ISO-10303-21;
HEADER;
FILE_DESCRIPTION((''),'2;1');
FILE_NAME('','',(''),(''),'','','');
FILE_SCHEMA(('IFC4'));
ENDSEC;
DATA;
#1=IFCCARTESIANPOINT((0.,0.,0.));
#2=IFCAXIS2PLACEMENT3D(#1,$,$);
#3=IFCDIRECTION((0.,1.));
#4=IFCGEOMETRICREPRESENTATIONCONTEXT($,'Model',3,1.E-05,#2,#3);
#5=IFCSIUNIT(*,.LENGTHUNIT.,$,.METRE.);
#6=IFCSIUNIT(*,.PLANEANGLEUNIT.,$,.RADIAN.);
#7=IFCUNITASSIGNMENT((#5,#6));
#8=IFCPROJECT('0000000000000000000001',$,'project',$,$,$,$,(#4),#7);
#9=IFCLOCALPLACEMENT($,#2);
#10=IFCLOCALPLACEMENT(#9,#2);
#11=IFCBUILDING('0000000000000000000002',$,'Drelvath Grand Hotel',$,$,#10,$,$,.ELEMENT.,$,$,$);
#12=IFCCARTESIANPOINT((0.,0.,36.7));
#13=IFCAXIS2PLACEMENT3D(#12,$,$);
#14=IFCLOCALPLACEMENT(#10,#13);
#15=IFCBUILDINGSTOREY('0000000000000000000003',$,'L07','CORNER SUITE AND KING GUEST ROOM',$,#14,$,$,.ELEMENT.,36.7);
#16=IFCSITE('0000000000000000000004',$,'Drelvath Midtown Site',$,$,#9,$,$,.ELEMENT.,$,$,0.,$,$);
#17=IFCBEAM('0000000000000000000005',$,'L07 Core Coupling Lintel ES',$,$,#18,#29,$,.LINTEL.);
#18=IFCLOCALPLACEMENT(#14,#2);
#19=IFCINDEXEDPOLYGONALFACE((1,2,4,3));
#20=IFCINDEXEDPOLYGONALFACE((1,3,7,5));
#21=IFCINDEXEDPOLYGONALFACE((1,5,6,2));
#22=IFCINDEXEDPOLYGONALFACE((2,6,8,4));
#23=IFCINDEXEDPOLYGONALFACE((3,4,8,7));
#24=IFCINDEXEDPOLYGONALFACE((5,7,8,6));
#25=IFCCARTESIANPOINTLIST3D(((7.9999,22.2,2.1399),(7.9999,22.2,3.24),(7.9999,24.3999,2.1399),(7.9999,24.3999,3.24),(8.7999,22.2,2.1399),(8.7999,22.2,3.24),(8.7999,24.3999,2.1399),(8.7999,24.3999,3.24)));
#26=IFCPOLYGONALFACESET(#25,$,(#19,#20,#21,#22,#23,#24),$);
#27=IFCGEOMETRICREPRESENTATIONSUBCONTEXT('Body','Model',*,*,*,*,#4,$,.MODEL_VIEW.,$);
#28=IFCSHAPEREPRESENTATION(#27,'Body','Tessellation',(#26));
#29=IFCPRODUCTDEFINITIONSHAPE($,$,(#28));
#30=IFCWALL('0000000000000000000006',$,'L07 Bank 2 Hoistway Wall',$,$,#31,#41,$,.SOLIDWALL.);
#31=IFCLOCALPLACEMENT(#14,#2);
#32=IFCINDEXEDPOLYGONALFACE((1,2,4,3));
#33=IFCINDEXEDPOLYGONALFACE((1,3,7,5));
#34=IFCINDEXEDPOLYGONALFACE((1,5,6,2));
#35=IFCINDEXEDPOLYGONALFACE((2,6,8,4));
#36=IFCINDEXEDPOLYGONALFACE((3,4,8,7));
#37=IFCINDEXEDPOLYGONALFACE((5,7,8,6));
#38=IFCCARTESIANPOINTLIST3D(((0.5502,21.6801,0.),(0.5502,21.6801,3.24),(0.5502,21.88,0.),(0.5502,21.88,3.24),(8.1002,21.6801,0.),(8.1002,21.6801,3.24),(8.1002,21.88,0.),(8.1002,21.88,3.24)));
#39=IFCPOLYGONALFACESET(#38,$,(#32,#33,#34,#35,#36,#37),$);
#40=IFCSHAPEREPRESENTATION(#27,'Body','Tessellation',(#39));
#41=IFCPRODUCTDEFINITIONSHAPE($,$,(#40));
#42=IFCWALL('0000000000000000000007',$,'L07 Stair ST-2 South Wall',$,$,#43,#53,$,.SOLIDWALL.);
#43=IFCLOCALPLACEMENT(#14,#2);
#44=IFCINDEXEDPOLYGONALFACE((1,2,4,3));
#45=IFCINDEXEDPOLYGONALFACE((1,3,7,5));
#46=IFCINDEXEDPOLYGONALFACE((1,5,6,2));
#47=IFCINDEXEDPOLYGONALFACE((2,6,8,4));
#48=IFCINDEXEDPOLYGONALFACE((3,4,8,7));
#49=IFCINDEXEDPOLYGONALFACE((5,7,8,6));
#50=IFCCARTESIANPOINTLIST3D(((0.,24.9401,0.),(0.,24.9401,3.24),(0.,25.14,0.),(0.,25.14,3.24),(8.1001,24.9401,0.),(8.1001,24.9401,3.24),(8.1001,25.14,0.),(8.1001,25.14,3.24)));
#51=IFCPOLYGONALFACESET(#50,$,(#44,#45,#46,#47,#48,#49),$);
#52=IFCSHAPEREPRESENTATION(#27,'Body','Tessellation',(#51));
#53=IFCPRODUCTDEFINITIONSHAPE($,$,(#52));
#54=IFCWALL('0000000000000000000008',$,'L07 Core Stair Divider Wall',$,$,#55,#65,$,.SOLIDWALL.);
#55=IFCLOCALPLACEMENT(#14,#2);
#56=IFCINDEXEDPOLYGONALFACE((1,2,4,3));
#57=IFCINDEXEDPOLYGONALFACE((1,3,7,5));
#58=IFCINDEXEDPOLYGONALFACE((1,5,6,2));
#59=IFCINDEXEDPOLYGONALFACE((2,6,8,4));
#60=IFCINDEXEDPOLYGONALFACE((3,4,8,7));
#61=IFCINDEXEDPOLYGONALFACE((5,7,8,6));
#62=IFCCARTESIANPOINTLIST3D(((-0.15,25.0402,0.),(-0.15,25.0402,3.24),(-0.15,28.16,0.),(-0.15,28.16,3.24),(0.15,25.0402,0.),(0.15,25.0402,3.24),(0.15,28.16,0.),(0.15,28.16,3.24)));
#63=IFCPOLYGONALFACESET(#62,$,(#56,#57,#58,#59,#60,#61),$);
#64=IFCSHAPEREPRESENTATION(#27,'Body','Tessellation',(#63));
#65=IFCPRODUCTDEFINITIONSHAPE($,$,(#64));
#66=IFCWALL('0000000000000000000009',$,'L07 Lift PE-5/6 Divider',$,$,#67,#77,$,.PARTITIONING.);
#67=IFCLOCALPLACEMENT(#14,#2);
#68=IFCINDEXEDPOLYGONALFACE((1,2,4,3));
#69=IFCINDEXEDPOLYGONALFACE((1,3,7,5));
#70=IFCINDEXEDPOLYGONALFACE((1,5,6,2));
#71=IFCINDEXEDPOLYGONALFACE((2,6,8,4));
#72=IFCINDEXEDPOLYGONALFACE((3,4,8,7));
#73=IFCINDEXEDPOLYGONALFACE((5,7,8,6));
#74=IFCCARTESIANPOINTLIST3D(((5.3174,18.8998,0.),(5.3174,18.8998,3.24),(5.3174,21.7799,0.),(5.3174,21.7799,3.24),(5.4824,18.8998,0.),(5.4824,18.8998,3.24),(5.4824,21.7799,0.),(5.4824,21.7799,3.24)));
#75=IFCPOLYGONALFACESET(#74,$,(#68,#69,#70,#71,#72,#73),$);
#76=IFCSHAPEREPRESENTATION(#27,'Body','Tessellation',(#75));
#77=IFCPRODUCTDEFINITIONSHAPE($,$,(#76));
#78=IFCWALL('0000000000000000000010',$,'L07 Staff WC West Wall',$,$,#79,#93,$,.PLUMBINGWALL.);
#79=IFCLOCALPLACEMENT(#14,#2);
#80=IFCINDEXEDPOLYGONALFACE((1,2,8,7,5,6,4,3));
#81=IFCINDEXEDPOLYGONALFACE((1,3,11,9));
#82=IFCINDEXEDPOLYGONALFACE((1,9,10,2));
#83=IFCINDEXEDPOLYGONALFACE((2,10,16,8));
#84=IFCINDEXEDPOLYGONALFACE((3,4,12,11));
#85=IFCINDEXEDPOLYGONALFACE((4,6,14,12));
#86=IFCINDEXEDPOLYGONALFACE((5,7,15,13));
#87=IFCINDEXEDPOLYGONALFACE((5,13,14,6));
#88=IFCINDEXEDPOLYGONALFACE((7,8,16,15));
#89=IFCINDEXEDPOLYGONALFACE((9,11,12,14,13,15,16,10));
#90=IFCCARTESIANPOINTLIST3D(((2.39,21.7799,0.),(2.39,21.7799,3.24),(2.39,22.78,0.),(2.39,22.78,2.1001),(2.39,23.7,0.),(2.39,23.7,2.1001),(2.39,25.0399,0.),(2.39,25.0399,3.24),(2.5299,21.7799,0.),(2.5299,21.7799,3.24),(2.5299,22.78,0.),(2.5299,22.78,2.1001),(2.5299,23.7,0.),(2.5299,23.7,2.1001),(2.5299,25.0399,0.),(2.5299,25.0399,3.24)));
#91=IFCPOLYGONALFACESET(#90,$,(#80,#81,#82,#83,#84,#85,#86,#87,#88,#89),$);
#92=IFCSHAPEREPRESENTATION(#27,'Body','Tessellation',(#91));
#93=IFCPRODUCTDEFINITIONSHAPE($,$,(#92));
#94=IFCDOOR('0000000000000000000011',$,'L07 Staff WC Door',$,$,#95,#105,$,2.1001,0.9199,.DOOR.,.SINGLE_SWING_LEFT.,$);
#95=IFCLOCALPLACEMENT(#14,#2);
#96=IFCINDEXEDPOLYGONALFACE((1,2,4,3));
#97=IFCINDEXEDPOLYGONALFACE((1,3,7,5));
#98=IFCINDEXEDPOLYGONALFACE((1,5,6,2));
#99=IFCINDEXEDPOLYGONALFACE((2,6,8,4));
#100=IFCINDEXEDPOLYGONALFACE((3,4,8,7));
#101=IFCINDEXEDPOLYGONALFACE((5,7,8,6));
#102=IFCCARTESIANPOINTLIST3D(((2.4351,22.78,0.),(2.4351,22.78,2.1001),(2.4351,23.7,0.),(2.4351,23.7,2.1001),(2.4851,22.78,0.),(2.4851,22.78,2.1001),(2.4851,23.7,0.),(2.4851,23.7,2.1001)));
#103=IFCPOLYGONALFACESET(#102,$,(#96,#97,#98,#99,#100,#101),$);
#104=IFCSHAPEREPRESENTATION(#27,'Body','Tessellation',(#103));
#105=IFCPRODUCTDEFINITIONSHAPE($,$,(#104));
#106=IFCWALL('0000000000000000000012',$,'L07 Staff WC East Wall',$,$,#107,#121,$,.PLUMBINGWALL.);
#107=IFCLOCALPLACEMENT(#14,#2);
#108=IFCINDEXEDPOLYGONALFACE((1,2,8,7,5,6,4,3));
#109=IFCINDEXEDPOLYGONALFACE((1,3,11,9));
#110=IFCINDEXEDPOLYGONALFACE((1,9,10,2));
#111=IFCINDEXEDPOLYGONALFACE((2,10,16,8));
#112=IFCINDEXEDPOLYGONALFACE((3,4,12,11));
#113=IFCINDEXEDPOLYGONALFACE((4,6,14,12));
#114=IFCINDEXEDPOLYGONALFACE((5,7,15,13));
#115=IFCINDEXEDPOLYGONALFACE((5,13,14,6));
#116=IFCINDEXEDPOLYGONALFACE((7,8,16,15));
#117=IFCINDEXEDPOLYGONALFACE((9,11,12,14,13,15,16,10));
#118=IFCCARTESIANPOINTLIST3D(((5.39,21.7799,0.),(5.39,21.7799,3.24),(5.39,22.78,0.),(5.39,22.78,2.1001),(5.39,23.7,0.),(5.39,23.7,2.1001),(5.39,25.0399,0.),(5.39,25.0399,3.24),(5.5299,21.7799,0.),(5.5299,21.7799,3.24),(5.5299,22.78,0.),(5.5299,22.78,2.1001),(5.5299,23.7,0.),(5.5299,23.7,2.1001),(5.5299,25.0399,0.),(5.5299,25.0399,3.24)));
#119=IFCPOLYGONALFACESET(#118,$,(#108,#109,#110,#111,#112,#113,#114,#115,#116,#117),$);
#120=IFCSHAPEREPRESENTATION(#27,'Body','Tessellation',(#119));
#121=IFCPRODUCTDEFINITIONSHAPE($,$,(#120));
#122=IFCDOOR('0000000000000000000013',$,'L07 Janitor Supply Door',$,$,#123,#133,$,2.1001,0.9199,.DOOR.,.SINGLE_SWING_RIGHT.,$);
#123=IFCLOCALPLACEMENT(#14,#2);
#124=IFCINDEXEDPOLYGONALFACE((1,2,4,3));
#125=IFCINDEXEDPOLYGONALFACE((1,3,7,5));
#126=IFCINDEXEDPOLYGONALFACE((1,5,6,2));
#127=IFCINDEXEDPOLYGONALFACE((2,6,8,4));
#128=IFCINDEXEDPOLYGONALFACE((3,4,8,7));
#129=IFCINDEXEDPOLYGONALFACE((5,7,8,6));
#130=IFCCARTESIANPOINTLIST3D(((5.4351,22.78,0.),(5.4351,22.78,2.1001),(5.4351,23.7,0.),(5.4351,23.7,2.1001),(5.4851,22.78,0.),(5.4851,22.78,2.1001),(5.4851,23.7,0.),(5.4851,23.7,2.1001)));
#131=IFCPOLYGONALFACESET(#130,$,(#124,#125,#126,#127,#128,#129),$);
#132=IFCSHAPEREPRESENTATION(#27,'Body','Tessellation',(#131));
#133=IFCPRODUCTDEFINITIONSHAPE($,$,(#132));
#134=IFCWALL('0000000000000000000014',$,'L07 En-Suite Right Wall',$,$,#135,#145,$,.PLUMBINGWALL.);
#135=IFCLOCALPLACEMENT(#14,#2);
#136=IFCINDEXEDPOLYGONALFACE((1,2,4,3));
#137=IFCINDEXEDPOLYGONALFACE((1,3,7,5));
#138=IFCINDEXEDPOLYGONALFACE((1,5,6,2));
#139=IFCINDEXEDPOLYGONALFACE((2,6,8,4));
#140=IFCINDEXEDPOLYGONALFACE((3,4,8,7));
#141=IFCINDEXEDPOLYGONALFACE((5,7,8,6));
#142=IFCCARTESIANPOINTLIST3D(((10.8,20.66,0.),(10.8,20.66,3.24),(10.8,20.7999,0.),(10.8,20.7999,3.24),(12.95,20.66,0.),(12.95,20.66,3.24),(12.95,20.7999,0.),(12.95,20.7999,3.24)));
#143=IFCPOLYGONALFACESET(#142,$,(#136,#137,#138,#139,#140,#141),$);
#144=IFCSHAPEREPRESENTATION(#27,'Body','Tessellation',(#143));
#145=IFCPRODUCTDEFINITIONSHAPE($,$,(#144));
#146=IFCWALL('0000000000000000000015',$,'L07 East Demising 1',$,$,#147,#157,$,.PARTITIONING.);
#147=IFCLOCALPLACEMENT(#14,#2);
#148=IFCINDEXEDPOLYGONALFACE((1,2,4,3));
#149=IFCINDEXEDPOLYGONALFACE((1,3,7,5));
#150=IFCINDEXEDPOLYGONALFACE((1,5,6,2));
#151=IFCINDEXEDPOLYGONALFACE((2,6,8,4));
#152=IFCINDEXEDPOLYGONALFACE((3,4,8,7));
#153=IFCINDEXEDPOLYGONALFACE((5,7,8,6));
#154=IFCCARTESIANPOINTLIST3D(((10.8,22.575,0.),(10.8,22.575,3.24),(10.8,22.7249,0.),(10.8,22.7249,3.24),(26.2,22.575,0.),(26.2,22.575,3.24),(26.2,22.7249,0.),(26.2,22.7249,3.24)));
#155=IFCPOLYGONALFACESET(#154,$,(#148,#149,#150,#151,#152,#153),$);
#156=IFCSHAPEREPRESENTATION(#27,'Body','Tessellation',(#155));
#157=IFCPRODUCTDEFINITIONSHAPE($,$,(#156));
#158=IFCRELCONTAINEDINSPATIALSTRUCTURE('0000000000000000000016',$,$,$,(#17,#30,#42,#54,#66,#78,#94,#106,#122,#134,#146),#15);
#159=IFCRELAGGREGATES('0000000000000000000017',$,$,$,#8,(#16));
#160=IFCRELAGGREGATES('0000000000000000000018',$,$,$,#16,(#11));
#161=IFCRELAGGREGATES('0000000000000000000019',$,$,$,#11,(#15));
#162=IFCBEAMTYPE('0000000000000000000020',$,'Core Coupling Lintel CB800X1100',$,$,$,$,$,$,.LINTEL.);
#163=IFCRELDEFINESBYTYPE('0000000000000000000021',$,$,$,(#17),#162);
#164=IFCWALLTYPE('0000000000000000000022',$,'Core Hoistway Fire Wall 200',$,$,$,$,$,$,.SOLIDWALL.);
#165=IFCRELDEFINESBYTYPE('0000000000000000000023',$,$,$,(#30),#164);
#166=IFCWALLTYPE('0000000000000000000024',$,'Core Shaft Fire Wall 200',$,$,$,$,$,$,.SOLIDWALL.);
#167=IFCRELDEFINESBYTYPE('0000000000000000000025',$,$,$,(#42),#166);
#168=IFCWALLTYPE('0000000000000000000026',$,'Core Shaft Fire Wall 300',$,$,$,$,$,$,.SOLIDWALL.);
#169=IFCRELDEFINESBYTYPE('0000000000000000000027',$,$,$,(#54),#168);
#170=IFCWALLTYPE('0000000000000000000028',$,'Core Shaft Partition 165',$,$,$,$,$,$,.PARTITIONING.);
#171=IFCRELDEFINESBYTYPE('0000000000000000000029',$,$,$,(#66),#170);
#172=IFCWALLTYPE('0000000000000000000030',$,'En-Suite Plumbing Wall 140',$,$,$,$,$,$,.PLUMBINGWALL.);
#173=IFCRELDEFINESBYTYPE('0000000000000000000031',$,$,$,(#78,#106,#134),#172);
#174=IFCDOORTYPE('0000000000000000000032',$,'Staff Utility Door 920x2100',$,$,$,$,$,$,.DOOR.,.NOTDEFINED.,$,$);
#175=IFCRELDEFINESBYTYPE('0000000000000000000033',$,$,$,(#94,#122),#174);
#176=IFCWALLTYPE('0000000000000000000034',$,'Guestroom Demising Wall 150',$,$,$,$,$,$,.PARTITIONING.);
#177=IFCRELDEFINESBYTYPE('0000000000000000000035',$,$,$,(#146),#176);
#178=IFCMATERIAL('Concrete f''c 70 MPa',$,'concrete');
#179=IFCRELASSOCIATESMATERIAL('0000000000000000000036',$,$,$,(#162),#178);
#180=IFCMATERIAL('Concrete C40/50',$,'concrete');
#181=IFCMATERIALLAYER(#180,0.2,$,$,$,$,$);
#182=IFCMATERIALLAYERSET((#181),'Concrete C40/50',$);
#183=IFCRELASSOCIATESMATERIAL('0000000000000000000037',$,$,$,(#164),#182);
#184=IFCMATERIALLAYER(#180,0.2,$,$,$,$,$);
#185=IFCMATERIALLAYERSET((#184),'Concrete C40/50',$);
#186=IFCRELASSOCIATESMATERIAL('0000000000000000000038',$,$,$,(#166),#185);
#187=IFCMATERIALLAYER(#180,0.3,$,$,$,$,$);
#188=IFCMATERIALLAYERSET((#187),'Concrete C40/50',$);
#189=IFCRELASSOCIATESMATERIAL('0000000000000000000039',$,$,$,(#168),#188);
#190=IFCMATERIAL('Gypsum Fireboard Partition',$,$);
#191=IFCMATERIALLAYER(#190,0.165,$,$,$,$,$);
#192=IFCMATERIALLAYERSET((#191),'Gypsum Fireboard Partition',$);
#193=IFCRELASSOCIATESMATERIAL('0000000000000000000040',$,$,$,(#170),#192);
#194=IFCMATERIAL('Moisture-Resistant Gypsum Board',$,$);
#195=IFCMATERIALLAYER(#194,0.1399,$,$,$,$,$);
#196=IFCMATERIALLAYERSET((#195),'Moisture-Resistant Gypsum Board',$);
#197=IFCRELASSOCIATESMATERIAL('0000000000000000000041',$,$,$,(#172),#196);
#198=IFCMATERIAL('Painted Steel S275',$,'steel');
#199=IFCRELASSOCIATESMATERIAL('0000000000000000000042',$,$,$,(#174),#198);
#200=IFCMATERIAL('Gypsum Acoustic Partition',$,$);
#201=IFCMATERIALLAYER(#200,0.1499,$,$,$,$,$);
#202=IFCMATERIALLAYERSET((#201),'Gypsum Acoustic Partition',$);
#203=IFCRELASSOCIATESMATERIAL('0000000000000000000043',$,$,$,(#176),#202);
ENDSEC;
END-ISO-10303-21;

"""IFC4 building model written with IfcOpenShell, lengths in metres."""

from ifc_helpers import new_model, si_unit, direction, frame, frame_2d, origin, origin_2d, place, context, subcontext, project, spatial, rectangle, extrude, material, layer, layer_set, material_profile, profile_set, type_object, element, fill, save


model = new_model("IFC4")

# Units and contexts
model_context = context("Model", 3, precision=1e-05, world=origin(), true_north=direction((0.0, 1.0)))
body_context = subcontext(model_context, "Body", "Model", "MODEL_VIEW")
ifc_project = project(units=[si_unit("LENGTHUNIT", "METRE"), si_unit("PLANEANGLEUNIT", "RADIAN")], contexts=[model_context])

# Site, building, storey
site_placement = place(None, origin())
site = spatial("IfcSite", under=ifc_project, at=site_placement, Name="Drelvath Midtown Site", CompositionType="ELEMENT", RefElevation=0.0)
building_placement = place(site_placement, origin())
building = spatial("IfcBuilding", under=site, at=building_placement, Name="Drelvath Grand Hotel", CompositionType="ELEMENT")
storey_placement = place(building_placement, frame((0.0, 0.0, 36.7)))
storey = spatial("IfcBuildingStorey", under=building, at=storey_placement, Name="L07", Description="CORNER SUITE AND KING GUEST ROOM", CompositionType="ELEMENT", Elevation=36.7)

# Beam
ifc_material_1 = material(Name="Concrete f'c 70 MPa", Category="concrete")
ifc_material_profile = material_profile(ifc_material_1, rectangle(XDim=0.8, YDim=1.1001, at=origin_2d()), Name="CB800X1100")
ifc_profile_set = profile_set([ifc_material_profile], Name="Concrete f'c 70 MPa")
beam_type = type_object("IfcBeamType", Name="Core Coupling Lintel CB800X1100", PredefinedType="LINTEL", material=ifc_profile_set)
beam_placement = place(storey_placement, frame((8.3999, 22.2, 2.6899), z_axis=(0.0, 1.0, 0.0), x_axis=(-1.0, 0.0, 0.0)))
element("IfcBeam", 1, at=beam_placement, inside=storey, type_object=beam_type, Name="L07 Core Coupling Lintel ES", PredefinedType="LINTEL", context=body_context, shape_type="SweptSolid", body=[
    extrude(rectangle(XDim=0.8, YDim=1.1001, at=origin_2d()), origin(), (0.0, 0.0, 1.0), 2.2),
])

# Walls
ifc_material_2 = material(Name="Concrete C40/50", Category="concrete")
ifc_layer_1 = layer(ifc_material_2, 0.2)
ifc_layer_set_1 = layer_set([ifc_layer_1], Name="Concrete C40/50")
wall_type_1 = type_object("IfcWallType", Name="Core Hoistway Fire Wall 200", PredefinedType="SOLIDWALL", material=ifc_layer_set_1)
wall_1_placement = place(storey_placement, frame((8.1001, 21.78, 0.0), z_axis=(0.0, 0.0, 1.0), x_axis=(-1.0, 0.0, 0.0)))
element("IfcWall", 2, at=wall_1_placement, inside=storey, type_object=wall_type_1, Name="L07 Bank 2 Hoistway Wall", PredefinedType="SOLIDWALL", context=body_context, shape_type="SweptSolid", body=[
    extrude(rectangle(XDim=7.55, YDim=0.2, at=frame_2d((3.7749, 0.0))), origin(), (0.0, 0.0, 1.0), 3.24),
])
ifc_layer_2 = layer(ifc_material_2, 0.2)
ifc_layer_set_2 = layer_set([ifc_layer_2], Name="Concrete C40/50")
wall_type_2 = type_object("IfcWallType", Name="Core Shaft Fire Wall 200", PredefinedType="SOLIDWALL", material=ifc_layer_set_2)
wall_2_placement = place(storey_placement, frame((0.0, 25.04, 0.0), z_axis=(0.0, 0.0, 1.0), x_axis=(1.0, 0.0, 0.0)))
element("IfcWall", 3, at=wall_2_placement, inside=storey, type_object=wall_type_2, Name="L07 Stair ST-2 South Wall", PredefinedType="SOLIDWALL", context=body_context, shape_type="SweptSolid", body=[
    extrude(rectangle(XDim=8.1001, YDim=0.2, at=frame_2d((4.05, 0.0))), origin(), (0.0, 0.0, 1.0), 3.24),
])
ifc_layer_3 = layer(ifc_material_2, 0.3)
ifc_layer_set_3 = layer_set([ifc_layer_3], Name="Concrete C40/50")
wall_type_3 = type_object("IfcWallType", Name="Core Shaft Fire Wall 300", PredefinedType="SOLIDWALL", material=ifc_layer_set_3)
wall_3_placement = place(storey_placement, frame((0.0, 25.04, 0.0), z_axis=(0.0, 0.0, 1.0), x_axis=(0.0, 1.0, 0.0)))
element("IfcWall", 4, at=wall_3_placement, inside=storey, type_object=wall_type_3, Name="L07 Core Stair Divider Wall", PredefinedType="SOLIDWALL", context=body_context, shape_type="SweptSolid", body=[
    extrude(rectangle(XDim=3.1199, YDim=0.3, at=frame_2d((1.5601, 0.0))), origin(), (0.0, 0.0, 1.0), 3.24),
])
ifc_material_3 = material(Name="Gypsum Fireboard Partition")
ifc_layer_4 = layer(ifc_material_3, 0.165)
ifc_layer_set_4 = layer_set([ifc_layer_4], Name="Gypsum Fireboard Partition")
wall_type_4 = type_object("IfcWallType", Name="Core Shaft Partition 165", PredefinedType="PARTITIONING", material=ifc_layer_set_4)
wall_4_placement = place(storey_placement, frame((5.3999, 18.8999, 0.0), z_axis=(0.0, 0.0, 1.0), x_axis=(0.0, 1.0, 0.0)))
element("IfcWall", 5, at=wall_4_placement, inside=storey, type_object=wall_type_4, Name="L07 Lift PE-5/6 Divider", PredefinedType="PARTITIONING", context=body_context, shape_type="SweptSolid", body=[
    extrude(rectangle(XDim=2.8801, YDim=0.165, at=frame_2d((1.4399, 0.0))), origin(), (0.0, 0.0, 1.0), 3.24),
])

# Walls, openings, doors
ifc_material_4 = material(Name="Moisture-Resistant Gypsum Board")
ifc_layer_5 = layer(ifc_material_4, 0.1399)
ifc_layer_set_5 = layer_set([ifc_layer_5], Name="Moisture-Resistant Gypsum Board")
wall_type_5 = type_object("IfcWallType", Name="En-Suite Plumbing Wall 140", PredefinedType="PLUMBINGWALL", material=ifc_layer_set_5)
wall_5_placement = place(storey_placement, frame((2.46, 21.78, 0.0), z_axis=(0.0, 0.0, 1.0), x_axis=(0.0, 1.0, 0.0)))
wall_5 = element("IfcWall", 6, at=wall_5_placement, inside=storey, type_object=wall_type_5, Name="L07 Staff WC West Wall", PredefinedType="PLUMBINGWALL", context=body_context, shape_type="SweptSolid", body=[
    extrude(rectangle(XDim=3.26, YDim=0.1399, at=frame_2d((1.6299, 0.0))), origin(), (0.0, 0.0, 1.0), 3.24),
])
opening_1_placement = place(wall_5_placement, frame((1.0, 0.0, 0.0)))
opening_1 = element("IfcOpeningElement", 7, at=opening_1_placement, cuts=wall_5, PredefinedType="OPENING", context=body_context, shape_type="SweptSolid", body=[
    extrude(rectangle(XDim=0.9199, YDim=2.1001, at=frame_2d((0.46, 1.05))), frame((0.0, 0.0798, 0.0), z_axis=(0.0, -1.0, 0.0), x_axis=(1.0, 0.0, 0.0)), (0.0, 0.0, 1.0), 0.1599),
])
ifc_material_5 = material(Name="Painted Steel S275", Category="steel")
door_type = type_object("IfcDoorType", Name="Staff Utility Door 920x2100", OperationType="NOTDEFINED", PredefinedType="DOOR", material=ifc_material_5)
door_1_placement = place(opening_1_placement, origin())
door_1 = element("IfcDoor", 8, at=door_1_placement, inside=storey, type_object=door_type, Name="L07 Staff WC Door", OperationType="SINGLE_SWING_LEFT", OverallHeight=2.1001, OverallWidth=0.9199, PredefinedType="DOOR", context=body_context, shape_type="SweptSolid", body=[
    extrude(rectangle(XDim=0.9199, YDim=2.1001, at=frame_2d((0.46, 1.05))), frame((0.0, 0.0249, 0.0), z_axis=(0.0, -1.0, 0.0), x_axis=(1.0, 0.0, 0.0)), (0.0, 0.0, 1.0), 0.05),
])
fill(opening_1, door_1)
wall_6_placement = place(storey_placement, frame((5.46, 21.78, 0.0), z_axis=(0.0, 0.0, 1.0), x_axis=(0.0, 1.0, 0.0)))
wall_6 = element("IfcWall", 9, at=wall_6_placement, inside=storey, type_object=wall_type_5, Name="L07 Staff WC East Wall", PredefinedType="PLUMBINGWALL", context=body_context, shape_type="SweptSolid", body=[
    extrude(rectangle(XDim=3.26, YDim=0.1399, at=frame_2d((1.6299, 0.0))), origin(), (0.0, 0.0, 1.0), 3.24),
])
opening_2_placement = place(wall_6_placement, frame((1.0, 0.0, 0.0)))
opening_2 = element("IfcOpeningElement", 10, at=opening_2_placement, cuts=wall_6, PredefinedType="OPENING", context=body_context, shape_type="SweptSolid", body=[
    extrude(rectangle(XDim=0.9199, YDim=2.1001, at=frame_2d((0.46, 1.05))), frame((0.0, 0.0798, 0.0), z_axis=(0.0, -1.0, 0.0), x_axis=(1.0, 0.0, 0.0)), (0.0, 0.0, 1.0), 0.1599),
])
door_2_placement = place(opening_2_placement, origin())
door_2 = element("IfcDoor", 11, at=door_2_placement, inside=storey, type_object=door_type, Name="L07 Janitor Supply Door", OperationType="SINGLE_SWING_RIGHT", OverallHeight=2.1001, OverallWidth=0.9199, PredefinedType="DOOR", context=body_context, shape_type="SweptSolid", body=[
    extrude(rectangle(XDim=0.9199, YDim=2.1001, at=frame_2d((0.46, 1.05))), frame((0.0, 0.0249, 0.0), z_axis=(0.0, -1.0, 0.0), x_axis=(1.0, 0.0, 0.0)), (0.0, 0.0, 1.0), 0.05),
])
fill(opening_2, door_2)

# Walls
wall_7_placement = place(storey_placement, frame((10.8, 20.73, 0.0), z_axis=(0.0, 0.0, 1.0), x_axis=(1.0, 0.0, 0.0)))
element("IfcWall", 12, at=wall_7_placement, inside=storey, type_object=wall_type_5, Name="L07 En-Suite Right Wall", PredefinedType="PLUMBINGWALL", context=body_context, shape_type="SweptSolid", body=[
    extrude(rectangle(XDim=2.1499, YDim=0.1399, at=frame_2d((1.075, 0.0))), origin(), (0.0, 0.0, 1.0), 3.24),
])
ifc_material_6 = material(Name="Gypsum Acoustic Partition")
ifc_layer_6 = layer(ifc_material_6, 0.1499)
ifc_layer_set_6 = layer_set([ifc_layer_6], Name="Gypsum Acoustic Partition")
wall_type_6 = type_object("IfcWallType", Name="Guestroom Demising Wall 150", PredefinedType="PARTITIONING", material=ifc_layer_set_6)
wall_8_placement = place(storey_placement, frame((10.8, 22.6499, 0.0), z_axis=(0.0, 0.0, 1.0), x_axis=(1.0, 0.0, 0.0)))
element("IfcWall", 13, at=wall_8_placement, inside=storey, type_object=wall_type_6, Name="L07 East Demising 1", PredefinedType="PARTITIONING", context=body_context, shape_type="SweptSolid", body=[
    extrude(rectangle(XDim=15.3999, YDim=0.1499, at=frame_2d((7.7, 0.0))), origin(), (0.0, 0.0, 1.0), 3.24),
])

save(model, "model.ifc")
